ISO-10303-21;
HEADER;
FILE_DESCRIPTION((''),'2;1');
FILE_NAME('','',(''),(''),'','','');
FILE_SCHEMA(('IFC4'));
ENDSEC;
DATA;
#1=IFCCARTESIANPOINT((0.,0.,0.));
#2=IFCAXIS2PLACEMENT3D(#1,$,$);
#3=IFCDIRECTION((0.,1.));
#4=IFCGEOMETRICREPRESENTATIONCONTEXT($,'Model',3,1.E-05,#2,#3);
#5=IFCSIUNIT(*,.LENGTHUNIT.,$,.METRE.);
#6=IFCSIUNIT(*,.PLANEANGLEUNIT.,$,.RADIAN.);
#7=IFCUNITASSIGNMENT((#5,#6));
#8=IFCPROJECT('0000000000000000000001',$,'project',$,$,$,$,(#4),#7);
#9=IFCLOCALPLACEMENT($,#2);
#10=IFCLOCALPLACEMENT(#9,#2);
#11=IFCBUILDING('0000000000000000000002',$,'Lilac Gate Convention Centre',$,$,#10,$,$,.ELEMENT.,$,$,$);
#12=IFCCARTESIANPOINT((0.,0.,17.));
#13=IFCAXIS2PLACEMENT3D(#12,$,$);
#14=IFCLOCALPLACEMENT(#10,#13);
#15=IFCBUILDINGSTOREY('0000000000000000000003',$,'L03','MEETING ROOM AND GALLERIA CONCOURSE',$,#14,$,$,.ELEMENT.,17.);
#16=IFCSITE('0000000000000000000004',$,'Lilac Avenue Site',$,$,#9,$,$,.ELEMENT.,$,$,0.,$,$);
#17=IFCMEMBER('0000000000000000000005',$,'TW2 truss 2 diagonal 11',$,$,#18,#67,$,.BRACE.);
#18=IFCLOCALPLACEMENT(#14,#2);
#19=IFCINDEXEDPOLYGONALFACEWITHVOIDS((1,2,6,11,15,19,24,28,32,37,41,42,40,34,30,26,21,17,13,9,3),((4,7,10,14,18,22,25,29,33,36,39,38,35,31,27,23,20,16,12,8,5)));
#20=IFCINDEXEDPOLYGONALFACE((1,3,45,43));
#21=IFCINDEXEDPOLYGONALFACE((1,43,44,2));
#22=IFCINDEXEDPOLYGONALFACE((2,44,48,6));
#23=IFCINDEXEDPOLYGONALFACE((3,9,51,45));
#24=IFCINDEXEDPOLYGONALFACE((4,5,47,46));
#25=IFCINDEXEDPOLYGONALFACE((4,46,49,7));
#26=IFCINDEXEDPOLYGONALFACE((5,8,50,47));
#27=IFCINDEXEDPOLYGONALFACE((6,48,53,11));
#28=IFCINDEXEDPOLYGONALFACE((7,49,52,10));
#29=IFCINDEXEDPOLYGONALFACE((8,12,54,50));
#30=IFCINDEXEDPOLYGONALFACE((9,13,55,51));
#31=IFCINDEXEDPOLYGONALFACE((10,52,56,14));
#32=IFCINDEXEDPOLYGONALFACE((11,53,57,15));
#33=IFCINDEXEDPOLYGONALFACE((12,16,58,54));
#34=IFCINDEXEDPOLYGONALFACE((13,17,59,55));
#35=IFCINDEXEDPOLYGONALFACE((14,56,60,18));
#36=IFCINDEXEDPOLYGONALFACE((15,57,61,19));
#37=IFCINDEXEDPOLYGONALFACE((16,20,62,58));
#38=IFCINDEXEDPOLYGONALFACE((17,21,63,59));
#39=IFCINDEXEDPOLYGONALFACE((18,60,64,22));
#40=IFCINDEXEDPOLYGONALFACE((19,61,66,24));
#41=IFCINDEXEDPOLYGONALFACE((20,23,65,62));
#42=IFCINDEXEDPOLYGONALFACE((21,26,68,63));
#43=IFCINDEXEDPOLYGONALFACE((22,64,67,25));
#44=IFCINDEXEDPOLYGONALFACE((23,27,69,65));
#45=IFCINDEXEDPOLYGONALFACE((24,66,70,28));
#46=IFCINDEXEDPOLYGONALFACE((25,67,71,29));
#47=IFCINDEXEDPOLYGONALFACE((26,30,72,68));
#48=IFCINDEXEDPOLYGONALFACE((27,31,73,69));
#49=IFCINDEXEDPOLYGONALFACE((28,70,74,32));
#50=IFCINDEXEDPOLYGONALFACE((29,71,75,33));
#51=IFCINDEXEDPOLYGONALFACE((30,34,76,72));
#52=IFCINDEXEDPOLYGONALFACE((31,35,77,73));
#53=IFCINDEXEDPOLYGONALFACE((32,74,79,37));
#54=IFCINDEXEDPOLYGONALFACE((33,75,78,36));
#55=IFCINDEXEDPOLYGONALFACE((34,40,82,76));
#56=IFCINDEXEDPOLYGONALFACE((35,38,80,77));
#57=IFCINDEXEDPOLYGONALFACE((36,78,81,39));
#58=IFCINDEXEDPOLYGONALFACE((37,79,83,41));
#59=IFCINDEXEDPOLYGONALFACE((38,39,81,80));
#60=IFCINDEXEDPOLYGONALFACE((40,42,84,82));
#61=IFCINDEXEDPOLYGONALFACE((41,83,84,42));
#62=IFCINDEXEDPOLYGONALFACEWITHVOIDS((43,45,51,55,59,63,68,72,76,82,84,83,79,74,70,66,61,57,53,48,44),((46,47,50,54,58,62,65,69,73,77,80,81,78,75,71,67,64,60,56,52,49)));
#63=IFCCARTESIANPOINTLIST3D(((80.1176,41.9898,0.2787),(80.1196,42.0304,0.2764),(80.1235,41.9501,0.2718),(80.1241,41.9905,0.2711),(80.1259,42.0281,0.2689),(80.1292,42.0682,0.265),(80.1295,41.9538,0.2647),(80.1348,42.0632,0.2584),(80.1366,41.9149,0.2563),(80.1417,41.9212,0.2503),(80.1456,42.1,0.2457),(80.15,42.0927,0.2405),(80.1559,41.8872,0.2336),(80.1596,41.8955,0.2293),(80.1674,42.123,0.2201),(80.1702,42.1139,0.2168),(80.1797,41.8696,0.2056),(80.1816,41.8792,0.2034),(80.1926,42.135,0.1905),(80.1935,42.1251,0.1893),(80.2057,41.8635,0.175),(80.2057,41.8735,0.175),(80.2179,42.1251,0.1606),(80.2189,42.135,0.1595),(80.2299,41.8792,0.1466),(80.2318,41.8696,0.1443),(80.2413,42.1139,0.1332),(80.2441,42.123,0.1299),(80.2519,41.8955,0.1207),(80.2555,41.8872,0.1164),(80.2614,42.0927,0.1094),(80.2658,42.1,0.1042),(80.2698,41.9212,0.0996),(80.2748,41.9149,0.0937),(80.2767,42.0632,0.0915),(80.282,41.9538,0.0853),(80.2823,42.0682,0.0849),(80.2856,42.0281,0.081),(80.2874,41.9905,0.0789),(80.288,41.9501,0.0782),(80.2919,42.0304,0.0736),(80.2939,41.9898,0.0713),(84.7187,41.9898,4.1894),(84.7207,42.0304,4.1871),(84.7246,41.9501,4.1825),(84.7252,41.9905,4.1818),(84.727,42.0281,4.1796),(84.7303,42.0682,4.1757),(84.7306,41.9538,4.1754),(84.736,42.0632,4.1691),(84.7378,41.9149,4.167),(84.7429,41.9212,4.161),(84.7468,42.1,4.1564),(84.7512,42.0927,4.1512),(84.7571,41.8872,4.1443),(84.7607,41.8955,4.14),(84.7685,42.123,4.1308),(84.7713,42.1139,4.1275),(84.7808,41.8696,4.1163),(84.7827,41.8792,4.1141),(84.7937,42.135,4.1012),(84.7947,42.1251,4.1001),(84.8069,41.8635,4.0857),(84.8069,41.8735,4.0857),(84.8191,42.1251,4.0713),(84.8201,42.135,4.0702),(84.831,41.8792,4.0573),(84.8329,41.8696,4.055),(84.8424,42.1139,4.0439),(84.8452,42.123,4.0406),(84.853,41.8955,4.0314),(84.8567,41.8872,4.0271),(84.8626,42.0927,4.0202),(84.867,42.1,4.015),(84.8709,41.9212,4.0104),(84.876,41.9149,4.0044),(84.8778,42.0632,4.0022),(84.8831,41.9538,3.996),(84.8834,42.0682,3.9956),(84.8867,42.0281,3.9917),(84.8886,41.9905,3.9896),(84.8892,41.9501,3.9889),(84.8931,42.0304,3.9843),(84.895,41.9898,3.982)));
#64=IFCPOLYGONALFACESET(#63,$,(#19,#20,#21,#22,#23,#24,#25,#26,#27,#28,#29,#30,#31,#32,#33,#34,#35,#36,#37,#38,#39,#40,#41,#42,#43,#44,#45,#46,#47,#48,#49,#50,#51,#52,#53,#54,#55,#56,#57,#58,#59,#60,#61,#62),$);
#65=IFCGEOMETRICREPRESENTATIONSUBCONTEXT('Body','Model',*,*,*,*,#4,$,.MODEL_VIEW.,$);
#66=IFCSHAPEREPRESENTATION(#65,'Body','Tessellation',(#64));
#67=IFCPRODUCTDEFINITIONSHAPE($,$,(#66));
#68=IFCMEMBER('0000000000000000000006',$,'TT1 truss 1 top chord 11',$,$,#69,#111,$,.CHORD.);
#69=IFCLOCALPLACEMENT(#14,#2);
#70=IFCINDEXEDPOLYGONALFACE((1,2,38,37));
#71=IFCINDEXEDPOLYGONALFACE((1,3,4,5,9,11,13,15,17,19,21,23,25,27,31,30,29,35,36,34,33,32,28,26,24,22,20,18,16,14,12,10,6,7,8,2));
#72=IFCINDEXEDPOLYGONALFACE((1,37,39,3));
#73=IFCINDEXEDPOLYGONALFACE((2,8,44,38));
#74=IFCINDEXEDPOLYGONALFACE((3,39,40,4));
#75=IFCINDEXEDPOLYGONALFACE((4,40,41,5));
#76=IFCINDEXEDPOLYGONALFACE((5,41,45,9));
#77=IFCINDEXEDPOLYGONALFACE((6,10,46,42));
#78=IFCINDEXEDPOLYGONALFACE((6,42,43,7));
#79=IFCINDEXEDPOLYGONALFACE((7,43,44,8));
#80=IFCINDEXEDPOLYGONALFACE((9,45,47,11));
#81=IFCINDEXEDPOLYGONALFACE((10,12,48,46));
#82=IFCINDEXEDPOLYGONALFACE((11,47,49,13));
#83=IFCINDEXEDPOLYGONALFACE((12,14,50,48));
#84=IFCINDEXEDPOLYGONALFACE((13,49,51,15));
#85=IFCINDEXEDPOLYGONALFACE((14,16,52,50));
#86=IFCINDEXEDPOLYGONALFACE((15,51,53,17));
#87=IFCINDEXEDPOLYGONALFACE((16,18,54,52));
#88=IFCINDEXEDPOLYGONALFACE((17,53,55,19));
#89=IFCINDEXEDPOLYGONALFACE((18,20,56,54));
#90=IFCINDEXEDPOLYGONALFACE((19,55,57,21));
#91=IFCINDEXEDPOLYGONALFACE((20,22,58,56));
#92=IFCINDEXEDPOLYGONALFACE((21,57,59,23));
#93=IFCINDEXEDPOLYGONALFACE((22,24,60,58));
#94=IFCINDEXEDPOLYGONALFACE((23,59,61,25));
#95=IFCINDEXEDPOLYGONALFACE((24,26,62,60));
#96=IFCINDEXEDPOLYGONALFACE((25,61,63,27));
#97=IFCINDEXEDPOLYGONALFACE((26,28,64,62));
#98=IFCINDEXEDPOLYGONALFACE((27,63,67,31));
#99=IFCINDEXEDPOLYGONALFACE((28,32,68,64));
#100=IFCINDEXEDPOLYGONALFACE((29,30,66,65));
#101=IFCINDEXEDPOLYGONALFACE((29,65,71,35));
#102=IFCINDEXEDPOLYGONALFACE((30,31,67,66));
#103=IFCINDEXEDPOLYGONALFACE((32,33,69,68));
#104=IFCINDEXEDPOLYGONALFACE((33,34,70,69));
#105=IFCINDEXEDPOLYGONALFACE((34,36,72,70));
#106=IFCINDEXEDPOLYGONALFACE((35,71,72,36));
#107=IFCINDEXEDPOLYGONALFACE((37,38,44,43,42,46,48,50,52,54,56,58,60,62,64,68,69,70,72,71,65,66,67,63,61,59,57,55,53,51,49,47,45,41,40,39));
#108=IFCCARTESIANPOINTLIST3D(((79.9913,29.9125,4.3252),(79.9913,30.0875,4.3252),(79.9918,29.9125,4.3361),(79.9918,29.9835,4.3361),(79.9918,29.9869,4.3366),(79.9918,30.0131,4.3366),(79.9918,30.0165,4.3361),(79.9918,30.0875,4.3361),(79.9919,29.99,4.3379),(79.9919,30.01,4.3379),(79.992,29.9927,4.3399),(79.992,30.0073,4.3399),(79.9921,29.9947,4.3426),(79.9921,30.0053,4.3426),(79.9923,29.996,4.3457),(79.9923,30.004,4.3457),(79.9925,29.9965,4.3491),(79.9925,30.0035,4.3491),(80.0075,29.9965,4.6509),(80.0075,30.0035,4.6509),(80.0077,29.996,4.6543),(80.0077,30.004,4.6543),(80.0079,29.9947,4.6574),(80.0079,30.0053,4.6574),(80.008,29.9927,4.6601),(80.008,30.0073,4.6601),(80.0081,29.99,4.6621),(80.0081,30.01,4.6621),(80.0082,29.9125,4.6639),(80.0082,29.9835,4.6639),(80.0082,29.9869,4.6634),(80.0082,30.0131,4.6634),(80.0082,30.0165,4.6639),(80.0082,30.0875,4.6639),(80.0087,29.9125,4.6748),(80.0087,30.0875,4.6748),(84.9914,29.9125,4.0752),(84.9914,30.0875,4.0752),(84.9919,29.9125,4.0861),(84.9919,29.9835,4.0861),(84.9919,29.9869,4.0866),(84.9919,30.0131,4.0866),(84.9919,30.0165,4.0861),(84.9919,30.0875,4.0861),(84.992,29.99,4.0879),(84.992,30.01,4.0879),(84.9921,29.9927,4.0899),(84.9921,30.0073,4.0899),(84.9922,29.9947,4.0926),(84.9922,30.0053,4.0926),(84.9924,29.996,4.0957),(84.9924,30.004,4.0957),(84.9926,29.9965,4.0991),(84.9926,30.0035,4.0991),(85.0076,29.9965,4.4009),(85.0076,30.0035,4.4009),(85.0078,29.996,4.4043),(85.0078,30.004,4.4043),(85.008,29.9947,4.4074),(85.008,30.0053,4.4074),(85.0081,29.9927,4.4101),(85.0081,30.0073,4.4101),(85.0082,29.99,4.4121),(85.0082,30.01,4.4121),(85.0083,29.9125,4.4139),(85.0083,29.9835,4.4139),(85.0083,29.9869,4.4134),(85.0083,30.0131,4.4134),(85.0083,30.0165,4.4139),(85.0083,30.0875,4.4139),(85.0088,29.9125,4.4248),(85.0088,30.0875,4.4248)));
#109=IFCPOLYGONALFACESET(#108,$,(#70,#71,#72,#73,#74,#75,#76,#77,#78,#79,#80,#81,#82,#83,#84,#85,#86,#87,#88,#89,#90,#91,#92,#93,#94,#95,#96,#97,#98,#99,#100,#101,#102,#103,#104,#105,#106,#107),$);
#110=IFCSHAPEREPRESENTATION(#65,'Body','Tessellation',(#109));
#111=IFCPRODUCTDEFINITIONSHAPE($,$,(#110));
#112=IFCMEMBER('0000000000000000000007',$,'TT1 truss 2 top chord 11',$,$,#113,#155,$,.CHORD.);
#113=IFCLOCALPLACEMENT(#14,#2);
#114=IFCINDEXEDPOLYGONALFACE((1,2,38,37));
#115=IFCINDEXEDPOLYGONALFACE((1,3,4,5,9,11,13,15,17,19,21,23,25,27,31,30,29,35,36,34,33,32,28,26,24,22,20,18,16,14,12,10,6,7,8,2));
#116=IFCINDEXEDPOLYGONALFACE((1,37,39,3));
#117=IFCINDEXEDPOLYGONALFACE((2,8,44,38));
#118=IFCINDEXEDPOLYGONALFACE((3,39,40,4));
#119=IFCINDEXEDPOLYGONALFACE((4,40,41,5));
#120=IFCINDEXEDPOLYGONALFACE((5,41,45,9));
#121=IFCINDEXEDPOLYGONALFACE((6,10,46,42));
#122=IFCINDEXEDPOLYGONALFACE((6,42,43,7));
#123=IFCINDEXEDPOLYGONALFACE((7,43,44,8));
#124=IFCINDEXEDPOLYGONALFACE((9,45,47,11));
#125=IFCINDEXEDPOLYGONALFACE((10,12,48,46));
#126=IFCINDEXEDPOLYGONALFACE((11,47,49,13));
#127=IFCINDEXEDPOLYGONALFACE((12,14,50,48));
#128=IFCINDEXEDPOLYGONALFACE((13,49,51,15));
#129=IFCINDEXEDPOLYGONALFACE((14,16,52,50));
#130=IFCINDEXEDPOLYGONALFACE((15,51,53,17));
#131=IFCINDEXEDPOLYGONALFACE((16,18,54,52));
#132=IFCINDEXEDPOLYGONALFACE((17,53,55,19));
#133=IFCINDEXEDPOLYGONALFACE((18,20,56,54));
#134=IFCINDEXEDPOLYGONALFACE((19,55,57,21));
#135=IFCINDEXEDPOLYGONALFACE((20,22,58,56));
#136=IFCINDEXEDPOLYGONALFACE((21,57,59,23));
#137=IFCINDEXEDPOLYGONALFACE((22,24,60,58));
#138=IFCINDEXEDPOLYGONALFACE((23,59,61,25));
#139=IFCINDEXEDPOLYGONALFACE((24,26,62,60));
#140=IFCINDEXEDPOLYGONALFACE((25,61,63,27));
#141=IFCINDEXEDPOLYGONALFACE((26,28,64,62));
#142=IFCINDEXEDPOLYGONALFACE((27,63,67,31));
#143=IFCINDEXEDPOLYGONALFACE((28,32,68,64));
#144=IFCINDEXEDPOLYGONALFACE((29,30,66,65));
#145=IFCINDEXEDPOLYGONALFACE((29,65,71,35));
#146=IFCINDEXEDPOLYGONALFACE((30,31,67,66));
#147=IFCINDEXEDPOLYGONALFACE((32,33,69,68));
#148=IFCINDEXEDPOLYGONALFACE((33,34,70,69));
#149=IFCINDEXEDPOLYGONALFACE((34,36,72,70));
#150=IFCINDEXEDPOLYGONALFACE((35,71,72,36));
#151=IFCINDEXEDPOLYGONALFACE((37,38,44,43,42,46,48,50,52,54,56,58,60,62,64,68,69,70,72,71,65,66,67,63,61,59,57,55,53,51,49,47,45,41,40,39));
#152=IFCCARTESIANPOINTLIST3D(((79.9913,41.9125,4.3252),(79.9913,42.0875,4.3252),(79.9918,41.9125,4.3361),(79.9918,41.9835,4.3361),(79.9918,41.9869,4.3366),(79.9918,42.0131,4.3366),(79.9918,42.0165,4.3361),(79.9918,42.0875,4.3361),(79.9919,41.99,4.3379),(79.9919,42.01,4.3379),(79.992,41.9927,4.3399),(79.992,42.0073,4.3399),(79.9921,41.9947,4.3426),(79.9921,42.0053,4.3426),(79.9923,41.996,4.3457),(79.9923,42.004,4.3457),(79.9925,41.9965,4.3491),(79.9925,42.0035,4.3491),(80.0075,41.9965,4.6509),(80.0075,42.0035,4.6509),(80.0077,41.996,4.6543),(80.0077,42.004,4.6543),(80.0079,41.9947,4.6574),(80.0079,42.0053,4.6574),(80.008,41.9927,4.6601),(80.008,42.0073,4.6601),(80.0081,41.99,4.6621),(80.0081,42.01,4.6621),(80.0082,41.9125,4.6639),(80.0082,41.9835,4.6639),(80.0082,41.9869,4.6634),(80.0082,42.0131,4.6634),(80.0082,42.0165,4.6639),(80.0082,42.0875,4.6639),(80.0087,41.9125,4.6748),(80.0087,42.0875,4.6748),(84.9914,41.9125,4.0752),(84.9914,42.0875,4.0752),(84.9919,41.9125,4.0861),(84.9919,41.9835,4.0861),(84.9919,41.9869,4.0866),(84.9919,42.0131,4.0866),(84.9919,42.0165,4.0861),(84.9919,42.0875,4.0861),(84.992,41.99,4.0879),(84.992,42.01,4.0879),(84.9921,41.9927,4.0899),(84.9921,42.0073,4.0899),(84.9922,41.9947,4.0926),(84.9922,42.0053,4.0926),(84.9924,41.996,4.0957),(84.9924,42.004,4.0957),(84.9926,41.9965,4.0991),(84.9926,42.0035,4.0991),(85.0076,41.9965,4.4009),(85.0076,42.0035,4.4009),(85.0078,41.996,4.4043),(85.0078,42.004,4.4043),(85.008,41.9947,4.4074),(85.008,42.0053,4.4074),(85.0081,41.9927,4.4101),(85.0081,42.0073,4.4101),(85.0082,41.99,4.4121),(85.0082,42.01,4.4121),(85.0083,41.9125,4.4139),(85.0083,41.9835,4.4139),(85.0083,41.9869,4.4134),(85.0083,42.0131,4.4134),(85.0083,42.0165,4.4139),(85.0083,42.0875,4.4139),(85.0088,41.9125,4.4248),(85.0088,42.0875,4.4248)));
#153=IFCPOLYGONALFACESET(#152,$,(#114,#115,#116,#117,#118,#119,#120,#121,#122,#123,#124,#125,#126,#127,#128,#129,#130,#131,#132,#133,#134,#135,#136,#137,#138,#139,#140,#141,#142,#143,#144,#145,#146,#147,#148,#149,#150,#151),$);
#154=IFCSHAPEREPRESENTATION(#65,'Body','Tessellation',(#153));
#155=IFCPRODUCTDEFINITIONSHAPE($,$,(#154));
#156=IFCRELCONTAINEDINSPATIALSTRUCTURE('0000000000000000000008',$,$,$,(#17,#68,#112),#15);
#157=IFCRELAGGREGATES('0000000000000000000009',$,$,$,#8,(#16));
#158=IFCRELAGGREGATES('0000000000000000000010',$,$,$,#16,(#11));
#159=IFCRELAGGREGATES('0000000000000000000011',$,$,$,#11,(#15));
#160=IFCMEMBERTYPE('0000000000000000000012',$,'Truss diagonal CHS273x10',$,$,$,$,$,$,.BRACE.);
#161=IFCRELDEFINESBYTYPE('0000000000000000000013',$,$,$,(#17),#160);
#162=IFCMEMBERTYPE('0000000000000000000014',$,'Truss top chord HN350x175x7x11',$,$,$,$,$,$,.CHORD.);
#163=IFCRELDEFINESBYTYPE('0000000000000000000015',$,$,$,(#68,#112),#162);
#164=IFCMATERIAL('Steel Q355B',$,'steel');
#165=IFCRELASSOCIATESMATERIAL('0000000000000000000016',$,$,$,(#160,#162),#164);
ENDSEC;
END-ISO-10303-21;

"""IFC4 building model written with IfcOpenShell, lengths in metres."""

from ifc_helpers import new_model, si_unit, direction, frame, origin, origin_2d, place, context, subcontext, project, spatial, hollow_circle, i_section, extrude, material, material_profile, profile_set, type_object, element, save


model = new_model("IFC4")

# Units and contexts
model_context = context("Model", 3, precision=1e-05, world=origin(), true_north=direction((0.0, 1.0)))
body_context = subcontext(model_context, "Body", "Model", "MODEL_VIEW")
ifc_project = project(units=[si_unit("LENGTHUNIT", "METRE"), si_unit("PLANEANGLEUNIT", "RADIAN")], contexts=[model_context])

# Site, building, storey
site_placement = place(None, origin())
site = spatial("IfcSite", under=ifc_project, at=site_placement, Name="Lilac Avenue Site", CompositionType="ELEMENT", RefElevation=0.0)
building_placement = place(site_placement, origin())
building = spatial("IfcBuilding", under=site, at=building_placement, Name="Lilac Gate Convention Centre", CompositionType="ELEMENT")
storey_placement = place(building_placement, frame((0.0, 0.0, 17.0)))
storey = spatial("IfcBuildingStorey", under=building, at=storey_placement, Name="L03", Description="MEETING ROOM AND GALLERIA CONCOURSE", CompositionType="ELEMENT", Elevation=17.0)

# Members
ifc_material = material(Name="Steel Q355B", Category="steel")
ifc_material_profile_1 = material_profile(ifc_material, hollow_circle(Radius=0.1365, WallThickness=0.01, at=origin_2d()), Name="CHS273x10")
ifc_profile_set_1 = profile_set([ifc_material_profile_1], Name="Steel Q355B")
member_type_1 = type_object("IfcMemberType", Name="Truss diagonal CHS273x10", PredefinedType="BRACE", material=ifc_profile_set_1)
for number, where, z_axis, x_axis, name in (
    (1, (84.8069, 42.0, 4.0857), (-0.761961, 0.0, -0.647623), (0.0, -1.0, 0.0), "TW2 truss 2 diagonal 11"),
):
    element("IfcMember", number, at=place(storey_placement, frame(where, z_axis=z_axis, x_axis=x_axis)), inside=storey, type_object=member_type_1, Name=name, PredefinedType="BRACE", context=body_context, shape_type="SweptSolid", body=[
        extrude(hollow_circle(Radius=0.1365, WallThickness=0.01, at=origin_2d()), origin(), (0.0, 0.0, 1.0), 6.0386),
    ])
ifc_material_profile_2 = material_profile(ifc_material, i_section(OverallWidth=0.175, OverallDepth=0.3501, WebThickness=0.0071, FlangeThickness=0.011, FilletRadius=0.0129, at=origin_2d()), Name="HN350x175x7x11")
ifc_profile_set_2 = profile_set([ifc_material_profile_2], Name="Steel Q355B")
member_type_2 = type_object("IfcMemberType", Name="Truss top chord HN350x175x7x11", PredefinedType="CHORD", material=ifc_profile_set_2)
for number, where, z_axis, x_axis, name in (
    (2, (80.0, 30.0, 4.5), (0.998752, 0.0, -0.049938), (0.0, 1.0, 0.0), "TT1 truss 1 top chord 11"),
    (3, (80.0, 42.0, 4.5), (0.998752, 0.0, -0.049938), (0.0, 1.0, 0.0), "TT1 truss 2 top chord 11"),
):
    element("IfcMember", number, at=place(storey_placement, frame(where, z_axis=z_axis, x_axis=x_axis)), inside=storey, type_object=member_type_2, Name=name, PredefinedType="CHORD", context=body_context, shape_type="SweptSolid", body=[
        extrude(i_section(OverallWidth=0.175, OverallDepth=0.3501, WebThickness=0.0071, FlangeThickness=0.011, FilletRadius=0.0129, at=origin_2d()), origin(), (0.0, 0.0, 1.0), 5.0063),
    ])

save(model, "model.ifc")
